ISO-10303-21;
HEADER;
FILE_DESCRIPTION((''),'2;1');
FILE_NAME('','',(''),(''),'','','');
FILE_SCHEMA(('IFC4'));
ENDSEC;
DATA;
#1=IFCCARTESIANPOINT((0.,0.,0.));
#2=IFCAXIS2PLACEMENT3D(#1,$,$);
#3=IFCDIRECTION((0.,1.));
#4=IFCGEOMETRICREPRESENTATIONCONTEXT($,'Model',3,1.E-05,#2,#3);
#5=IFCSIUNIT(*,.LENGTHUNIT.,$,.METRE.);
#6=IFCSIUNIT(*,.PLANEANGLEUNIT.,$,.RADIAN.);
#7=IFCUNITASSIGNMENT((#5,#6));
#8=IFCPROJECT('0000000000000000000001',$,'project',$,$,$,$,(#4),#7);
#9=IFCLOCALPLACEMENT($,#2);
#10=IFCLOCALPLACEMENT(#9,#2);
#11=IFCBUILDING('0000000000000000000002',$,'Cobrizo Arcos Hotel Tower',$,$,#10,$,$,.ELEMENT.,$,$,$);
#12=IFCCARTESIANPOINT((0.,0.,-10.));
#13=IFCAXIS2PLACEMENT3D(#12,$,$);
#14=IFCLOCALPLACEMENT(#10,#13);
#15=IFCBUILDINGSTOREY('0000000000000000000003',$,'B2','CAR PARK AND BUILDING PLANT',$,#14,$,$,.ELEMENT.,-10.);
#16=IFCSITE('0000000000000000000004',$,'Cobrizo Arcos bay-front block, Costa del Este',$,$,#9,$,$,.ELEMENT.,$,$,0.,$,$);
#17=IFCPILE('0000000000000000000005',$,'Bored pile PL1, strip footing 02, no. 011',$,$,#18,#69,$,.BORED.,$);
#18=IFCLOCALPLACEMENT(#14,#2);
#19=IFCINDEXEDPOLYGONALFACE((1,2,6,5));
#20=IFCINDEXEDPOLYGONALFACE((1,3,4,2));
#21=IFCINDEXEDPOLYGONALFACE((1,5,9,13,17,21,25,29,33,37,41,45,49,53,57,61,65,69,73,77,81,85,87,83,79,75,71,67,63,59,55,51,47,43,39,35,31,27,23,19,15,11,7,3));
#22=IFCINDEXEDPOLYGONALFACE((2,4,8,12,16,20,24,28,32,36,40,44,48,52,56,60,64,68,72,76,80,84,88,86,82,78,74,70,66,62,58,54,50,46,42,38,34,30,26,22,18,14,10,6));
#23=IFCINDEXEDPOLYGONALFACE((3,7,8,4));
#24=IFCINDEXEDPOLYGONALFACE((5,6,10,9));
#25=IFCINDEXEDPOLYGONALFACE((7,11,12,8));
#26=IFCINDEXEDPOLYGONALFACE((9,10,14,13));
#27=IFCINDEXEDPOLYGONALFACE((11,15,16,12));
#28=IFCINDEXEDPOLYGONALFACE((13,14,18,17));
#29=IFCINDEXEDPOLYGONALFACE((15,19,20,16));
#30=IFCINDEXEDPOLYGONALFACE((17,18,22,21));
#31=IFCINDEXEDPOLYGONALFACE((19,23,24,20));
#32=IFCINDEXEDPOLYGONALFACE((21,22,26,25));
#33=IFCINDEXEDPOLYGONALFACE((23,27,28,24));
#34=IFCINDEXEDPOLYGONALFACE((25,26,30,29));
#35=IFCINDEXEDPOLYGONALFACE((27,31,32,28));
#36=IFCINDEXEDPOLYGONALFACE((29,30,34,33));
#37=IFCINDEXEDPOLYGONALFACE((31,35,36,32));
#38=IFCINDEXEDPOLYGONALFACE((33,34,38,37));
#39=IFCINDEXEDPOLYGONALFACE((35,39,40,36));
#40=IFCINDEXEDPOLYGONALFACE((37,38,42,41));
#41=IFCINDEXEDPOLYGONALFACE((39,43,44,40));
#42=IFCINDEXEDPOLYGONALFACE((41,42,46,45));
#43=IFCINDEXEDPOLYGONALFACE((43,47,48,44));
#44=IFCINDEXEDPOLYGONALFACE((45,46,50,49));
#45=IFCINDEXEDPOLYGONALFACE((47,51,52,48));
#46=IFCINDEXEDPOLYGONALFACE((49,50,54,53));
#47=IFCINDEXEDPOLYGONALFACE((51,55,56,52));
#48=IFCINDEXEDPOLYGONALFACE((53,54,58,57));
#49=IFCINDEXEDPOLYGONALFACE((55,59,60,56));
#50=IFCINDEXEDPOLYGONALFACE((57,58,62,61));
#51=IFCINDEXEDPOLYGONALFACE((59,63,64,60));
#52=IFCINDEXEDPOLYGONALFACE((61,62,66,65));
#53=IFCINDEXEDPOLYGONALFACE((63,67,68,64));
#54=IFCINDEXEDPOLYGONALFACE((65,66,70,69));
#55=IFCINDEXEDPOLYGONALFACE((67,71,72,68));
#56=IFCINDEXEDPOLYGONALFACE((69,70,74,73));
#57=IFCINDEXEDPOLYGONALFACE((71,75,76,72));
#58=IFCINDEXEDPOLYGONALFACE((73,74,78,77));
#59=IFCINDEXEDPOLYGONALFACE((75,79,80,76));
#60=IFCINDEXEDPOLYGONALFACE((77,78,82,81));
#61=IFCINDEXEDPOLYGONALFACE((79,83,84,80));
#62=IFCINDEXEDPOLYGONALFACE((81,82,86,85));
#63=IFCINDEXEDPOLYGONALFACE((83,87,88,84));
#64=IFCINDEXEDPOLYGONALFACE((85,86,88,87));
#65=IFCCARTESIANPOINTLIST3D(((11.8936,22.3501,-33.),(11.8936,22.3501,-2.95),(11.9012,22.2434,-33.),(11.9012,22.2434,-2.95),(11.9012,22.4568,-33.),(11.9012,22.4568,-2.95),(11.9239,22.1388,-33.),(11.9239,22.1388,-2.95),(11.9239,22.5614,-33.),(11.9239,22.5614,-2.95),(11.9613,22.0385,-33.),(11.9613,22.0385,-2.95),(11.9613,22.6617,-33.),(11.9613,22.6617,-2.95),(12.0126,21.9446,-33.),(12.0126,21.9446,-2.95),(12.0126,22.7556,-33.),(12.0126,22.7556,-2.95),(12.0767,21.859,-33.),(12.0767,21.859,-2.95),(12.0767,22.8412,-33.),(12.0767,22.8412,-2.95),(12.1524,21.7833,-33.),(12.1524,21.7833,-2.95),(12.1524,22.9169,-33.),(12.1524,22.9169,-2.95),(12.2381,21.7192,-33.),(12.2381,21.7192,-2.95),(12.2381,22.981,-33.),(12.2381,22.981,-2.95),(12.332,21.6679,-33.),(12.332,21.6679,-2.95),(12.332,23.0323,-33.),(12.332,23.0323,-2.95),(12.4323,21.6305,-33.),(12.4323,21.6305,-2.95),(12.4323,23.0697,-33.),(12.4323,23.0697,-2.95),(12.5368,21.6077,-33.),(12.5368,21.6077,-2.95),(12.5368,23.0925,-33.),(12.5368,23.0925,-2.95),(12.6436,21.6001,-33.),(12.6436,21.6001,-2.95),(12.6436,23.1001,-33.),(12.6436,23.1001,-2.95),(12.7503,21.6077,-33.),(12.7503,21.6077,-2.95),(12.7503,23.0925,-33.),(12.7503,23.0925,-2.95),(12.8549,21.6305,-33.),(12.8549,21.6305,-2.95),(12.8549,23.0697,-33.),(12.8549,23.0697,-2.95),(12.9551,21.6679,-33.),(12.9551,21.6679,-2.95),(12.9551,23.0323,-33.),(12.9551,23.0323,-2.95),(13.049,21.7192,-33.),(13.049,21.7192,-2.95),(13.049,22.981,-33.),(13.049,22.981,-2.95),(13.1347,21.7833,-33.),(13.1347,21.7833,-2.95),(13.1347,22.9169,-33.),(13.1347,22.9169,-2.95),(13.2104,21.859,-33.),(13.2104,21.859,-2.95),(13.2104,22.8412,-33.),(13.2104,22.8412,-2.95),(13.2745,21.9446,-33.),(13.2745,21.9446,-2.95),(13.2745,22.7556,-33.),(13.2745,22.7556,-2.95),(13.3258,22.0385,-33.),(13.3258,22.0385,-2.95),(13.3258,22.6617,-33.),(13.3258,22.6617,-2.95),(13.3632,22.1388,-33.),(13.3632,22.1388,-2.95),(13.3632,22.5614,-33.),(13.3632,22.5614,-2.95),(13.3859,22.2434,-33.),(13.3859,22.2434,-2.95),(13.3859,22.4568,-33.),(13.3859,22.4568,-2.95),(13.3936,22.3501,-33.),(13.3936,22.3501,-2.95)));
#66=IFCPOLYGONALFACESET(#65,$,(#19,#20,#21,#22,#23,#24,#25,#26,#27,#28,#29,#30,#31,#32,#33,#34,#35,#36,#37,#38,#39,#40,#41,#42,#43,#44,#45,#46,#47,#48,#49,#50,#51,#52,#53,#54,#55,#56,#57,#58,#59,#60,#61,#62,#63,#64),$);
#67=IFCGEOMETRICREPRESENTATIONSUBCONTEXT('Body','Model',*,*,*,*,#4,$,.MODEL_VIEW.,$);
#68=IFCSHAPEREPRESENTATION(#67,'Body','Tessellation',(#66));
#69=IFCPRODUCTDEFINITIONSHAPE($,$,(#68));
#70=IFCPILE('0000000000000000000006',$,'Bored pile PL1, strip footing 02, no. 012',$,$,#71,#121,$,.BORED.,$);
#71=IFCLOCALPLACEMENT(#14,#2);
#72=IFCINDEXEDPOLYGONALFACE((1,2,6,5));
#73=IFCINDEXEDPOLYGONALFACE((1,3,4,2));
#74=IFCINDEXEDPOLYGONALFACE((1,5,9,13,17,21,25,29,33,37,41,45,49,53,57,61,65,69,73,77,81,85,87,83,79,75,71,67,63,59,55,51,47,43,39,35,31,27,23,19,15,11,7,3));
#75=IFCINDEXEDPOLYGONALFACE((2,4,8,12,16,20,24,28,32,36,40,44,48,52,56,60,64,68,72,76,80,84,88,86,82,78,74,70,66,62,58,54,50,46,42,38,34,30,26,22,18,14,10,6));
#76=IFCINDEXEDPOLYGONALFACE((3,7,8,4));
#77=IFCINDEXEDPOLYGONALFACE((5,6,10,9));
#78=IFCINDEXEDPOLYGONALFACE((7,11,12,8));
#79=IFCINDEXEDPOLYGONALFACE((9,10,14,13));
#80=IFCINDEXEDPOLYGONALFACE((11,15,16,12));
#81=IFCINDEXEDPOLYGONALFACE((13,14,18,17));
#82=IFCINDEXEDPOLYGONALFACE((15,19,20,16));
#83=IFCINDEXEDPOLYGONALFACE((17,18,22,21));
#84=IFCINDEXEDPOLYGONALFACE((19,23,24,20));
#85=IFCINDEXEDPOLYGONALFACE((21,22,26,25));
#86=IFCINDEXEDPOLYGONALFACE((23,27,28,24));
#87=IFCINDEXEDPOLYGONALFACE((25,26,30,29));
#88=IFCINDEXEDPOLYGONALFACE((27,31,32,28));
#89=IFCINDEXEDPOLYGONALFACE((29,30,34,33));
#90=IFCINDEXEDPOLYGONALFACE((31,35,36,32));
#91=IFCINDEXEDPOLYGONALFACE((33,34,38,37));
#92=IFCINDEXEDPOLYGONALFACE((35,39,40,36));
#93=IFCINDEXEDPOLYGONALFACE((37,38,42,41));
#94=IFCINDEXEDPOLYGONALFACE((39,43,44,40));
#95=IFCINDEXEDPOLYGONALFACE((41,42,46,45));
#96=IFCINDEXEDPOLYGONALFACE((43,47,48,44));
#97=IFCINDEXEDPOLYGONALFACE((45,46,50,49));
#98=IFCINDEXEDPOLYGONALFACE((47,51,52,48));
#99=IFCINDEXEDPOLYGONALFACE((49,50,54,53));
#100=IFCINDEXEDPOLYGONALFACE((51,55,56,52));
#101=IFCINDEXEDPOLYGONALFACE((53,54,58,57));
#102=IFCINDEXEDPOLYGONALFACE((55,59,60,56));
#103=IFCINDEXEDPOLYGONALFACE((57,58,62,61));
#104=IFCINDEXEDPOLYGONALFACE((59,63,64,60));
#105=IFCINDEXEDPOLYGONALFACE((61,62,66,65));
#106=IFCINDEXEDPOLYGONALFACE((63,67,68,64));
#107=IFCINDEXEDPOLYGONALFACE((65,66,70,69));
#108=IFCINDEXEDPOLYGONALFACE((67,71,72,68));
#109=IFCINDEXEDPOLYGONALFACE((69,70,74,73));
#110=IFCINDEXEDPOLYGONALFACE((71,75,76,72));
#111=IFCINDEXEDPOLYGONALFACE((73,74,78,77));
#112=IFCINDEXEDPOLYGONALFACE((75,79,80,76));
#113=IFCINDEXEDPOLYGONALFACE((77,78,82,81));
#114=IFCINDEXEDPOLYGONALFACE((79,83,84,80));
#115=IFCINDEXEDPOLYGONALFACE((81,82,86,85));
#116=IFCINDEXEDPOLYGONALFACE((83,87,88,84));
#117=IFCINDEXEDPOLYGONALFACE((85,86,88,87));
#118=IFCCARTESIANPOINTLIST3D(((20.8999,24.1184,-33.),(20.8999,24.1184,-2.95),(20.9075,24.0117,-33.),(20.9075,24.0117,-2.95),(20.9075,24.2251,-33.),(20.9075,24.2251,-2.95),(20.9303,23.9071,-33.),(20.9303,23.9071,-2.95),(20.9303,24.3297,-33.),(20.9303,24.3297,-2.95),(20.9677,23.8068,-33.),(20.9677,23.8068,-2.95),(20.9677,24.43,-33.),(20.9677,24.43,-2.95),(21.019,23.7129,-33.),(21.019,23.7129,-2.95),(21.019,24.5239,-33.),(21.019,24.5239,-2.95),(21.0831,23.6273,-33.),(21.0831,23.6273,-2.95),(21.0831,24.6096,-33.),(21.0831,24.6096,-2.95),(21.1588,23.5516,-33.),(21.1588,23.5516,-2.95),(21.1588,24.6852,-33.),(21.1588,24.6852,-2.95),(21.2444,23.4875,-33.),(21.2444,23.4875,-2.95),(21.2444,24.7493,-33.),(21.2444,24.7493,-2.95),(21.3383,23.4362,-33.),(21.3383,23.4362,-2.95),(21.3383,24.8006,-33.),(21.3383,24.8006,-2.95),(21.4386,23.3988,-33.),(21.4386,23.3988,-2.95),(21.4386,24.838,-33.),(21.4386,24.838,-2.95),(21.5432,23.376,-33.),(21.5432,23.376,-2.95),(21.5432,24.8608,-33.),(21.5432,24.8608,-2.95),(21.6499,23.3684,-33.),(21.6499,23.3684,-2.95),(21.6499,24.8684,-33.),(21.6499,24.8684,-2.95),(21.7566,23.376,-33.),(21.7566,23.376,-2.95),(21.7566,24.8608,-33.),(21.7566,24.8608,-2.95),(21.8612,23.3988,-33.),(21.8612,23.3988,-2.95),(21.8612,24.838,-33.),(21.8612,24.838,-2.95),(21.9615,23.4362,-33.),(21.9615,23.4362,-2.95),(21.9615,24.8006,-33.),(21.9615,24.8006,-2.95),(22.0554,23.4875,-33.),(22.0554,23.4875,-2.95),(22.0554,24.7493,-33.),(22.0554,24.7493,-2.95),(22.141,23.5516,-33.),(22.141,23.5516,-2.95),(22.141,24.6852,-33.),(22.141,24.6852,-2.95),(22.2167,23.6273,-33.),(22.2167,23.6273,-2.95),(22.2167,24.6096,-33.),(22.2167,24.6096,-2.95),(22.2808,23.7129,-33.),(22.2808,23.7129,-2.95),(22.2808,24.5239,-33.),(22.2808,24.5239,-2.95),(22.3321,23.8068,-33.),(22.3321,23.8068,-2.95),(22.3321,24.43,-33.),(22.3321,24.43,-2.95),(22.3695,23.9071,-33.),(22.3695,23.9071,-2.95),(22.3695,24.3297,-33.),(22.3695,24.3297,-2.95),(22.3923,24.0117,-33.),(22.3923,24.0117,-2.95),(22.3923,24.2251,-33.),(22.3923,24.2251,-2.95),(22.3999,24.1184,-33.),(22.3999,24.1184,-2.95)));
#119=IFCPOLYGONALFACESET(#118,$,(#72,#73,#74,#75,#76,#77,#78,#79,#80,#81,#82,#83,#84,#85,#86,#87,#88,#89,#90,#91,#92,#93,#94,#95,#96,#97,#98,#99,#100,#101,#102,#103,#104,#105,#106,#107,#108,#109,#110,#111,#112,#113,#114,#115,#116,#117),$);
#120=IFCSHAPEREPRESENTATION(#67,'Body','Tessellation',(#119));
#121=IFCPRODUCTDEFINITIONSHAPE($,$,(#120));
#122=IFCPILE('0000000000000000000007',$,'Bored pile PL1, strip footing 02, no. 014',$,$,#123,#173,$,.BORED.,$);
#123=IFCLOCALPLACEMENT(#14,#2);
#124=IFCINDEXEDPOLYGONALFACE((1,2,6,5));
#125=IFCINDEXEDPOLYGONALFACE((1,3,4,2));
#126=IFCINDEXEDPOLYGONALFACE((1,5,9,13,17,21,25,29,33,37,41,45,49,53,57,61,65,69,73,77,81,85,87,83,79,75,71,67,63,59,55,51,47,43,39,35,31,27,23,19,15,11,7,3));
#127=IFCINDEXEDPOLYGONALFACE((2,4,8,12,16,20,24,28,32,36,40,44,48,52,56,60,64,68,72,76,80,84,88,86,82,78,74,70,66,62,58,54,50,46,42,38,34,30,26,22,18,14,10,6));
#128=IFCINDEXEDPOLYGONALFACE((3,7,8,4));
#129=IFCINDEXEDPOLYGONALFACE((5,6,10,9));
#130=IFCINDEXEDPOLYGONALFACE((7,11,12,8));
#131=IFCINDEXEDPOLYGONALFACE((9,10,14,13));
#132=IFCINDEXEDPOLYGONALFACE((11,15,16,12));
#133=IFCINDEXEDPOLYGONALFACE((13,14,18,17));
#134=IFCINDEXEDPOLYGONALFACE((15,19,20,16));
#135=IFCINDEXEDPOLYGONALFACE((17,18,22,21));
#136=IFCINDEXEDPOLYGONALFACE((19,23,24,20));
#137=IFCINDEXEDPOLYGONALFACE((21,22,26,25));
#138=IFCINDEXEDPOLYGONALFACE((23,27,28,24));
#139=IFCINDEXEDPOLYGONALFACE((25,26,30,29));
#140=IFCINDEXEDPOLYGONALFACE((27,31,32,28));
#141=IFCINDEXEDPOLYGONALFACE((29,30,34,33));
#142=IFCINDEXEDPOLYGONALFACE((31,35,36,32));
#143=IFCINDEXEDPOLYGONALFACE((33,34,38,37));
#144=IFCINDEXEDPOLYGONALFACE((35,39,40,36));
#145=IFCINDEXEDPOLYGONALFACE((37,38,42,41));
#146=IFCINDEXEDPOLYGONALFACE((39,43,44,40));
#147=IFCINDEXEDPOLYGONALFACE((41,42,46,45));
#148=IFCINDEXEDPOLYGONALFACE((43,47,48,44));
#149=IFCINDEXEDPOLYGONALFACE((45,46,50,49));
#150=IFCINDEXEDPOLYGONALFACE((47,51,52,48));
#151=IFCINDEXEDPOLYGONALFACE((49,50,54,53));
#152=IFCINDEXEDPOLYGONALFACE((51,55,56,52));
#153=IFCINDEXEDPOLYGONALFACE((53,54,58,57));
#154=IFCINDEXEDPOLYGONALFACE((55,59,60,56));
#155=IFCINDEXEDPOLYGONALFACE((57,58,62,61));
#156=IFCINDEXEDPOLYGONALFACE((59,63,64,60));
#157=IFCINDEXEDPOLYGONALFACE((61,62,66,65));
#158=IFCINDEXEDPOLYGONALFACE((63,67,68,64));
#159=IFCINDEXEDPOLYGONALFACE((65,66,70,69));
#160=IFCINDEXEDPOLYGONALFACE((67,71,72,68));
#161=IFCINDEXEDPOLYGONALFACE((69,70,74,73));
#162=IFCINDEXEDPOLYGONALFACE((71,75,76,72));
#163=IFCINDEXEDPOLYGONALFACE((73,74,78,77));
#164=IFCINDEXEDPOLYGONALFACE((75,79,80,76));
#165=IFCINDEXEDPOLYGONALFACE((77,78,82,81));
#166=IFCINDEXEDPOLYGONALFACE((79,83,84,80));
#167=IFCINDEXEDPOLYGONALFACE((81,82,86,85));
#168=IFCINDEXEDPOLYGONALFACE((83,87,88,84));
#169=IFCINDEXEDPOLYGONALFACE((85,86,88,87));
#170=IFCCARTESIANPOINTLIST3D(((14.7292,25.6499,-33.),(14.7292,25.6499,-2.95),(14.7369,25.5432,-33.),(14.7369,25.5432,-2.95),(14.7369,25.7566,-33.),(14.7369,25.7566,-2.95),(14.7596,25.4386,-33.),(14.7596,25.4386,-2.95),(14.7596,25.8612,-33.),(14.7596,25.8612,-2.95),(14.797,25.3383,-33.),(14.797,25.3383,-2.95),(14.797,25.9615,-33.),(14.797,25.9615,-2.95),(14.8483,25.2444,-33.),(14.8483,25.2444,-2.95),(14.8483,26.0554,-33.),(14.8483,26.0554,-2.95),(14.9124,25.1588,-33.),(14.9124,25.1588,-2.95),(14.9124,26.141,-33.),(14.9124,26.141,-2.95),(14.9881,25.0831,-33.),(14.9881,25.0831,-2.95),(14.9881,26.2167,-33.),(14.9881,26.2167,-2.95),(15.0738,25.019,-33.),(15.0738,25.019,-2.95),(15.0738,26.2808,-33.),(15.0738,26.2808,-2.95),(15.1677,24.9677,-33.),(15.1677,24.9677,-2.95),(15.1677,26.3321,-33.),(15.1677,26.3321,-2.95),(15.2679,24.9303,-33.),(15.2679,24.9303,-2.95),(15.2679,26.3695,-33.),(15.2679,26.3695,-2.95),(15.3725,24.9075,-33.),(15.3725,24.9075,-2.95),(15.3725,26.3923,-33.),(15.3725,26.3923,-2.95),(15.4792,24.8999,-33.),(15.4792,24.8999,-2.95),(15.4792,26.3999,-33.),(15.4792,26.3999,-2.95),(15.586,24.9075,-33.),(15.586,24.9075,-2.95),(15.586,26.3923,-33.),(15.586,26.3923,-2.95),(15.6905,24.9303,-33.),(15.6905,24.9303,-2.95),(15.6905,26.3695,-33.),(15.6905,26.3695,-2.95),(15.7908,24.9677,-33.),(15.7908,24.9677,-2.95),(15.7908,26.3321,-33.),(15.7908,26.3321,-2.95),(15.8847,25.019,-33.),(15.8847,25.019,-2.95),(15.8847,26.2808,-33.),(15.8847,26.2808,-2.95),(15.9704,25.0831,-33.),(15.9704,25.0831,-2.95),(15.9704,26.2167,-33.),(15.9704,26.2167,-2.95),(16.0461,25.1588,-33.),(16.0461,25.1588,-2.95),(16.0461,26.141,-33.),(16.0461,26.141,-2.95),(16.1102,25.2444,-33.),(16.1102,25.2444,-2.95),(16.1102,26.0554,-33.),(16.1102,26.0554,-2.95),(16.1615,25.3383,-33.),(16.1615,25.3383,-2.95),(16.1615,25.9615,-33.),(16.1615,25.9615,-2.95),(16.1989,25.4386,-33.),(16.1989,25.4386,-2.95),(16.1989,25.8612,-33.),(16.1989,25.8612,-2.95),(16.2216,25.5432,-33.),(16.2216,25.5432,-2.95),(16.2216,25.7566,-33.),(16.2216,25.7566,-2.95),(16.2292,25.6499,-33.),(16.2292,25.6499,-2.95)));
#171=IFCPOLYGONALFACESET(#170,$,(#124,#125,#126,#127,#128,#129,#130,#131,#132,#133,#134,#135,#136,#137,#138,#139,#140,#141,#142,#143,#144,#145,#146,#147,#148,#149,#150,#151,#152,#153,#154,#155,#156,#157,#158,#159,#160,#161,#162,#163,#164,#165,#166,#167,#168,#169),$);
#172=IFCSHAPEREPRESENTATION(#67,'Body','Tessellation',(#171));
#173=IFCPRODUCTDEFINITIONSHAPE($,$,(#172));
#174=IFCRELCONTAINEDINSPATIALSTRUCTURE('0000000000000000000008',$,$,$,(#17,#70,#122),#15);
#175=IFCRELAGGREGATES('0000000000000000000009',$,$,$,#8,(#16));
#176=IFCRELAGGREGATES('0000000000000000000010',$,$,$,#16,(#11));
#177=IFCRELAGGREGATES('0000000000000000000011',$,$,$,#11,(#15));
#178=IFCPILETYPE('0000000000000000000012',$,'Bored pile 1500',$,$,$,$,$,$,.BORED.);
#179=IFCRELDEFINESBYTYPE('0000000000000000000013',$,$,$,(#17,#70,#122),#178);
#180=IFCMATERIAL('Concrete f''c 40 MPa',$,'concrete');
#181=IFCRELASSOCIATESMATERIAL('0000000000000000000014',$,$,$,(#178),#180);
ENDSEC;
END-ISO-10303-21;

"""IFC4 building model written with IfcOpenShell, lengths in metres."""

from ifc_helpers import new_model, si_unit, direction, frame, origin, origin_2d, place, context, subcontext, project, spatial, circle, extrude, material, material_profile, profile_set, type_object, element, save


model = new_model("IFC4")

# Units and contexts
model_context = context("Model", 3, precision=1e-05, world=origin(), true_north=direction((0.0, 1.0)))
body_context = subcontext(model_context, "Body", "Model", "MODEL_VIEW")
ifc_project = project(units=[si_unit("LENGTHUNIT", "METRE"), si_unit("PLANEANGLEUNIT", "RADIAN")], contexts=[model_context])

# Site, building, storey
site_placement = place(None, origin())
site = spatial("IfcSite", under=ifc_project, at=site_placement, Name="Cobrizo Arcos bay-front block, Costa del Este", CompositionType="ELEMENT", RefElevation=0.0)
building_placement = place(site_placement, origin())
building = spatial("IfcBuilding", under=site, at=building_placement, Name="Cobrizo Arcos Hotel Tower", CompositionType="ELEMENT")
storey_placement = place(building_placement, frame((0.0, 0.0, -10.0)))
storey = spatial("IfcBuildingStorey", under=building, at=storey_placement, Name="B2", Description="CAR PARK AND BUILDING PLANT", CompositionType="ELEMENT", Elevation=-10.0)

# Piles
ifc_material_1 = material(Name="Concrete f'c 40 MPa", Category="concrete")
ifc_material_profile_1 = material_profile(ifc_material_1, circle(Radius=0.75, at=origin_2d()), Name="BORED PILE 1500")
ifc_profile_set_1 = profile_set([ifc_material_profile_1], Name="Concrete f'c 40 MPa")
pile_type = type_object("IfcPileType", Name="Bored pile 1500", PredefinedType="BORED", material=ifc_profile_set_1)
for number, where, z_axis, x_axis, name in (
    (1, (12.6436, 22.3501, -2.95), (0.0, 0.0, -1.0), (1.0, 0.0, 0.0), "Bored pile PL1, strip footing 02, no. 011"),
    (2, (21.6499, 24.1184, -2.95), (0.0, 0.0, -1.0), (1.0, 0.0, 0.0), "Bored pile PL1, strip footing 02, no. 012"),
    (3, (15.4792, 25.6499, -2.95), (0.0, 0.0, -1.0), (1.0, 0.0, 0.0), "Bored pile PL1, strip footing 02, no. 014"),
):
    element("IfcPile", number, at=place(storey_placement, frame(where, z_axis=z_axis, x_axis=x_axis)), inside=storey, type_object=pile_type, Name=name, PredefinedType="BORED", context=body_context, shape_type="SweptSolid", body=[
        extrude(circle(Radius=0.75, at=origin_2d()), origin(), (0.0, 0.0, 1.0), 30.05),
    ])

save(model, "model.ifc")
